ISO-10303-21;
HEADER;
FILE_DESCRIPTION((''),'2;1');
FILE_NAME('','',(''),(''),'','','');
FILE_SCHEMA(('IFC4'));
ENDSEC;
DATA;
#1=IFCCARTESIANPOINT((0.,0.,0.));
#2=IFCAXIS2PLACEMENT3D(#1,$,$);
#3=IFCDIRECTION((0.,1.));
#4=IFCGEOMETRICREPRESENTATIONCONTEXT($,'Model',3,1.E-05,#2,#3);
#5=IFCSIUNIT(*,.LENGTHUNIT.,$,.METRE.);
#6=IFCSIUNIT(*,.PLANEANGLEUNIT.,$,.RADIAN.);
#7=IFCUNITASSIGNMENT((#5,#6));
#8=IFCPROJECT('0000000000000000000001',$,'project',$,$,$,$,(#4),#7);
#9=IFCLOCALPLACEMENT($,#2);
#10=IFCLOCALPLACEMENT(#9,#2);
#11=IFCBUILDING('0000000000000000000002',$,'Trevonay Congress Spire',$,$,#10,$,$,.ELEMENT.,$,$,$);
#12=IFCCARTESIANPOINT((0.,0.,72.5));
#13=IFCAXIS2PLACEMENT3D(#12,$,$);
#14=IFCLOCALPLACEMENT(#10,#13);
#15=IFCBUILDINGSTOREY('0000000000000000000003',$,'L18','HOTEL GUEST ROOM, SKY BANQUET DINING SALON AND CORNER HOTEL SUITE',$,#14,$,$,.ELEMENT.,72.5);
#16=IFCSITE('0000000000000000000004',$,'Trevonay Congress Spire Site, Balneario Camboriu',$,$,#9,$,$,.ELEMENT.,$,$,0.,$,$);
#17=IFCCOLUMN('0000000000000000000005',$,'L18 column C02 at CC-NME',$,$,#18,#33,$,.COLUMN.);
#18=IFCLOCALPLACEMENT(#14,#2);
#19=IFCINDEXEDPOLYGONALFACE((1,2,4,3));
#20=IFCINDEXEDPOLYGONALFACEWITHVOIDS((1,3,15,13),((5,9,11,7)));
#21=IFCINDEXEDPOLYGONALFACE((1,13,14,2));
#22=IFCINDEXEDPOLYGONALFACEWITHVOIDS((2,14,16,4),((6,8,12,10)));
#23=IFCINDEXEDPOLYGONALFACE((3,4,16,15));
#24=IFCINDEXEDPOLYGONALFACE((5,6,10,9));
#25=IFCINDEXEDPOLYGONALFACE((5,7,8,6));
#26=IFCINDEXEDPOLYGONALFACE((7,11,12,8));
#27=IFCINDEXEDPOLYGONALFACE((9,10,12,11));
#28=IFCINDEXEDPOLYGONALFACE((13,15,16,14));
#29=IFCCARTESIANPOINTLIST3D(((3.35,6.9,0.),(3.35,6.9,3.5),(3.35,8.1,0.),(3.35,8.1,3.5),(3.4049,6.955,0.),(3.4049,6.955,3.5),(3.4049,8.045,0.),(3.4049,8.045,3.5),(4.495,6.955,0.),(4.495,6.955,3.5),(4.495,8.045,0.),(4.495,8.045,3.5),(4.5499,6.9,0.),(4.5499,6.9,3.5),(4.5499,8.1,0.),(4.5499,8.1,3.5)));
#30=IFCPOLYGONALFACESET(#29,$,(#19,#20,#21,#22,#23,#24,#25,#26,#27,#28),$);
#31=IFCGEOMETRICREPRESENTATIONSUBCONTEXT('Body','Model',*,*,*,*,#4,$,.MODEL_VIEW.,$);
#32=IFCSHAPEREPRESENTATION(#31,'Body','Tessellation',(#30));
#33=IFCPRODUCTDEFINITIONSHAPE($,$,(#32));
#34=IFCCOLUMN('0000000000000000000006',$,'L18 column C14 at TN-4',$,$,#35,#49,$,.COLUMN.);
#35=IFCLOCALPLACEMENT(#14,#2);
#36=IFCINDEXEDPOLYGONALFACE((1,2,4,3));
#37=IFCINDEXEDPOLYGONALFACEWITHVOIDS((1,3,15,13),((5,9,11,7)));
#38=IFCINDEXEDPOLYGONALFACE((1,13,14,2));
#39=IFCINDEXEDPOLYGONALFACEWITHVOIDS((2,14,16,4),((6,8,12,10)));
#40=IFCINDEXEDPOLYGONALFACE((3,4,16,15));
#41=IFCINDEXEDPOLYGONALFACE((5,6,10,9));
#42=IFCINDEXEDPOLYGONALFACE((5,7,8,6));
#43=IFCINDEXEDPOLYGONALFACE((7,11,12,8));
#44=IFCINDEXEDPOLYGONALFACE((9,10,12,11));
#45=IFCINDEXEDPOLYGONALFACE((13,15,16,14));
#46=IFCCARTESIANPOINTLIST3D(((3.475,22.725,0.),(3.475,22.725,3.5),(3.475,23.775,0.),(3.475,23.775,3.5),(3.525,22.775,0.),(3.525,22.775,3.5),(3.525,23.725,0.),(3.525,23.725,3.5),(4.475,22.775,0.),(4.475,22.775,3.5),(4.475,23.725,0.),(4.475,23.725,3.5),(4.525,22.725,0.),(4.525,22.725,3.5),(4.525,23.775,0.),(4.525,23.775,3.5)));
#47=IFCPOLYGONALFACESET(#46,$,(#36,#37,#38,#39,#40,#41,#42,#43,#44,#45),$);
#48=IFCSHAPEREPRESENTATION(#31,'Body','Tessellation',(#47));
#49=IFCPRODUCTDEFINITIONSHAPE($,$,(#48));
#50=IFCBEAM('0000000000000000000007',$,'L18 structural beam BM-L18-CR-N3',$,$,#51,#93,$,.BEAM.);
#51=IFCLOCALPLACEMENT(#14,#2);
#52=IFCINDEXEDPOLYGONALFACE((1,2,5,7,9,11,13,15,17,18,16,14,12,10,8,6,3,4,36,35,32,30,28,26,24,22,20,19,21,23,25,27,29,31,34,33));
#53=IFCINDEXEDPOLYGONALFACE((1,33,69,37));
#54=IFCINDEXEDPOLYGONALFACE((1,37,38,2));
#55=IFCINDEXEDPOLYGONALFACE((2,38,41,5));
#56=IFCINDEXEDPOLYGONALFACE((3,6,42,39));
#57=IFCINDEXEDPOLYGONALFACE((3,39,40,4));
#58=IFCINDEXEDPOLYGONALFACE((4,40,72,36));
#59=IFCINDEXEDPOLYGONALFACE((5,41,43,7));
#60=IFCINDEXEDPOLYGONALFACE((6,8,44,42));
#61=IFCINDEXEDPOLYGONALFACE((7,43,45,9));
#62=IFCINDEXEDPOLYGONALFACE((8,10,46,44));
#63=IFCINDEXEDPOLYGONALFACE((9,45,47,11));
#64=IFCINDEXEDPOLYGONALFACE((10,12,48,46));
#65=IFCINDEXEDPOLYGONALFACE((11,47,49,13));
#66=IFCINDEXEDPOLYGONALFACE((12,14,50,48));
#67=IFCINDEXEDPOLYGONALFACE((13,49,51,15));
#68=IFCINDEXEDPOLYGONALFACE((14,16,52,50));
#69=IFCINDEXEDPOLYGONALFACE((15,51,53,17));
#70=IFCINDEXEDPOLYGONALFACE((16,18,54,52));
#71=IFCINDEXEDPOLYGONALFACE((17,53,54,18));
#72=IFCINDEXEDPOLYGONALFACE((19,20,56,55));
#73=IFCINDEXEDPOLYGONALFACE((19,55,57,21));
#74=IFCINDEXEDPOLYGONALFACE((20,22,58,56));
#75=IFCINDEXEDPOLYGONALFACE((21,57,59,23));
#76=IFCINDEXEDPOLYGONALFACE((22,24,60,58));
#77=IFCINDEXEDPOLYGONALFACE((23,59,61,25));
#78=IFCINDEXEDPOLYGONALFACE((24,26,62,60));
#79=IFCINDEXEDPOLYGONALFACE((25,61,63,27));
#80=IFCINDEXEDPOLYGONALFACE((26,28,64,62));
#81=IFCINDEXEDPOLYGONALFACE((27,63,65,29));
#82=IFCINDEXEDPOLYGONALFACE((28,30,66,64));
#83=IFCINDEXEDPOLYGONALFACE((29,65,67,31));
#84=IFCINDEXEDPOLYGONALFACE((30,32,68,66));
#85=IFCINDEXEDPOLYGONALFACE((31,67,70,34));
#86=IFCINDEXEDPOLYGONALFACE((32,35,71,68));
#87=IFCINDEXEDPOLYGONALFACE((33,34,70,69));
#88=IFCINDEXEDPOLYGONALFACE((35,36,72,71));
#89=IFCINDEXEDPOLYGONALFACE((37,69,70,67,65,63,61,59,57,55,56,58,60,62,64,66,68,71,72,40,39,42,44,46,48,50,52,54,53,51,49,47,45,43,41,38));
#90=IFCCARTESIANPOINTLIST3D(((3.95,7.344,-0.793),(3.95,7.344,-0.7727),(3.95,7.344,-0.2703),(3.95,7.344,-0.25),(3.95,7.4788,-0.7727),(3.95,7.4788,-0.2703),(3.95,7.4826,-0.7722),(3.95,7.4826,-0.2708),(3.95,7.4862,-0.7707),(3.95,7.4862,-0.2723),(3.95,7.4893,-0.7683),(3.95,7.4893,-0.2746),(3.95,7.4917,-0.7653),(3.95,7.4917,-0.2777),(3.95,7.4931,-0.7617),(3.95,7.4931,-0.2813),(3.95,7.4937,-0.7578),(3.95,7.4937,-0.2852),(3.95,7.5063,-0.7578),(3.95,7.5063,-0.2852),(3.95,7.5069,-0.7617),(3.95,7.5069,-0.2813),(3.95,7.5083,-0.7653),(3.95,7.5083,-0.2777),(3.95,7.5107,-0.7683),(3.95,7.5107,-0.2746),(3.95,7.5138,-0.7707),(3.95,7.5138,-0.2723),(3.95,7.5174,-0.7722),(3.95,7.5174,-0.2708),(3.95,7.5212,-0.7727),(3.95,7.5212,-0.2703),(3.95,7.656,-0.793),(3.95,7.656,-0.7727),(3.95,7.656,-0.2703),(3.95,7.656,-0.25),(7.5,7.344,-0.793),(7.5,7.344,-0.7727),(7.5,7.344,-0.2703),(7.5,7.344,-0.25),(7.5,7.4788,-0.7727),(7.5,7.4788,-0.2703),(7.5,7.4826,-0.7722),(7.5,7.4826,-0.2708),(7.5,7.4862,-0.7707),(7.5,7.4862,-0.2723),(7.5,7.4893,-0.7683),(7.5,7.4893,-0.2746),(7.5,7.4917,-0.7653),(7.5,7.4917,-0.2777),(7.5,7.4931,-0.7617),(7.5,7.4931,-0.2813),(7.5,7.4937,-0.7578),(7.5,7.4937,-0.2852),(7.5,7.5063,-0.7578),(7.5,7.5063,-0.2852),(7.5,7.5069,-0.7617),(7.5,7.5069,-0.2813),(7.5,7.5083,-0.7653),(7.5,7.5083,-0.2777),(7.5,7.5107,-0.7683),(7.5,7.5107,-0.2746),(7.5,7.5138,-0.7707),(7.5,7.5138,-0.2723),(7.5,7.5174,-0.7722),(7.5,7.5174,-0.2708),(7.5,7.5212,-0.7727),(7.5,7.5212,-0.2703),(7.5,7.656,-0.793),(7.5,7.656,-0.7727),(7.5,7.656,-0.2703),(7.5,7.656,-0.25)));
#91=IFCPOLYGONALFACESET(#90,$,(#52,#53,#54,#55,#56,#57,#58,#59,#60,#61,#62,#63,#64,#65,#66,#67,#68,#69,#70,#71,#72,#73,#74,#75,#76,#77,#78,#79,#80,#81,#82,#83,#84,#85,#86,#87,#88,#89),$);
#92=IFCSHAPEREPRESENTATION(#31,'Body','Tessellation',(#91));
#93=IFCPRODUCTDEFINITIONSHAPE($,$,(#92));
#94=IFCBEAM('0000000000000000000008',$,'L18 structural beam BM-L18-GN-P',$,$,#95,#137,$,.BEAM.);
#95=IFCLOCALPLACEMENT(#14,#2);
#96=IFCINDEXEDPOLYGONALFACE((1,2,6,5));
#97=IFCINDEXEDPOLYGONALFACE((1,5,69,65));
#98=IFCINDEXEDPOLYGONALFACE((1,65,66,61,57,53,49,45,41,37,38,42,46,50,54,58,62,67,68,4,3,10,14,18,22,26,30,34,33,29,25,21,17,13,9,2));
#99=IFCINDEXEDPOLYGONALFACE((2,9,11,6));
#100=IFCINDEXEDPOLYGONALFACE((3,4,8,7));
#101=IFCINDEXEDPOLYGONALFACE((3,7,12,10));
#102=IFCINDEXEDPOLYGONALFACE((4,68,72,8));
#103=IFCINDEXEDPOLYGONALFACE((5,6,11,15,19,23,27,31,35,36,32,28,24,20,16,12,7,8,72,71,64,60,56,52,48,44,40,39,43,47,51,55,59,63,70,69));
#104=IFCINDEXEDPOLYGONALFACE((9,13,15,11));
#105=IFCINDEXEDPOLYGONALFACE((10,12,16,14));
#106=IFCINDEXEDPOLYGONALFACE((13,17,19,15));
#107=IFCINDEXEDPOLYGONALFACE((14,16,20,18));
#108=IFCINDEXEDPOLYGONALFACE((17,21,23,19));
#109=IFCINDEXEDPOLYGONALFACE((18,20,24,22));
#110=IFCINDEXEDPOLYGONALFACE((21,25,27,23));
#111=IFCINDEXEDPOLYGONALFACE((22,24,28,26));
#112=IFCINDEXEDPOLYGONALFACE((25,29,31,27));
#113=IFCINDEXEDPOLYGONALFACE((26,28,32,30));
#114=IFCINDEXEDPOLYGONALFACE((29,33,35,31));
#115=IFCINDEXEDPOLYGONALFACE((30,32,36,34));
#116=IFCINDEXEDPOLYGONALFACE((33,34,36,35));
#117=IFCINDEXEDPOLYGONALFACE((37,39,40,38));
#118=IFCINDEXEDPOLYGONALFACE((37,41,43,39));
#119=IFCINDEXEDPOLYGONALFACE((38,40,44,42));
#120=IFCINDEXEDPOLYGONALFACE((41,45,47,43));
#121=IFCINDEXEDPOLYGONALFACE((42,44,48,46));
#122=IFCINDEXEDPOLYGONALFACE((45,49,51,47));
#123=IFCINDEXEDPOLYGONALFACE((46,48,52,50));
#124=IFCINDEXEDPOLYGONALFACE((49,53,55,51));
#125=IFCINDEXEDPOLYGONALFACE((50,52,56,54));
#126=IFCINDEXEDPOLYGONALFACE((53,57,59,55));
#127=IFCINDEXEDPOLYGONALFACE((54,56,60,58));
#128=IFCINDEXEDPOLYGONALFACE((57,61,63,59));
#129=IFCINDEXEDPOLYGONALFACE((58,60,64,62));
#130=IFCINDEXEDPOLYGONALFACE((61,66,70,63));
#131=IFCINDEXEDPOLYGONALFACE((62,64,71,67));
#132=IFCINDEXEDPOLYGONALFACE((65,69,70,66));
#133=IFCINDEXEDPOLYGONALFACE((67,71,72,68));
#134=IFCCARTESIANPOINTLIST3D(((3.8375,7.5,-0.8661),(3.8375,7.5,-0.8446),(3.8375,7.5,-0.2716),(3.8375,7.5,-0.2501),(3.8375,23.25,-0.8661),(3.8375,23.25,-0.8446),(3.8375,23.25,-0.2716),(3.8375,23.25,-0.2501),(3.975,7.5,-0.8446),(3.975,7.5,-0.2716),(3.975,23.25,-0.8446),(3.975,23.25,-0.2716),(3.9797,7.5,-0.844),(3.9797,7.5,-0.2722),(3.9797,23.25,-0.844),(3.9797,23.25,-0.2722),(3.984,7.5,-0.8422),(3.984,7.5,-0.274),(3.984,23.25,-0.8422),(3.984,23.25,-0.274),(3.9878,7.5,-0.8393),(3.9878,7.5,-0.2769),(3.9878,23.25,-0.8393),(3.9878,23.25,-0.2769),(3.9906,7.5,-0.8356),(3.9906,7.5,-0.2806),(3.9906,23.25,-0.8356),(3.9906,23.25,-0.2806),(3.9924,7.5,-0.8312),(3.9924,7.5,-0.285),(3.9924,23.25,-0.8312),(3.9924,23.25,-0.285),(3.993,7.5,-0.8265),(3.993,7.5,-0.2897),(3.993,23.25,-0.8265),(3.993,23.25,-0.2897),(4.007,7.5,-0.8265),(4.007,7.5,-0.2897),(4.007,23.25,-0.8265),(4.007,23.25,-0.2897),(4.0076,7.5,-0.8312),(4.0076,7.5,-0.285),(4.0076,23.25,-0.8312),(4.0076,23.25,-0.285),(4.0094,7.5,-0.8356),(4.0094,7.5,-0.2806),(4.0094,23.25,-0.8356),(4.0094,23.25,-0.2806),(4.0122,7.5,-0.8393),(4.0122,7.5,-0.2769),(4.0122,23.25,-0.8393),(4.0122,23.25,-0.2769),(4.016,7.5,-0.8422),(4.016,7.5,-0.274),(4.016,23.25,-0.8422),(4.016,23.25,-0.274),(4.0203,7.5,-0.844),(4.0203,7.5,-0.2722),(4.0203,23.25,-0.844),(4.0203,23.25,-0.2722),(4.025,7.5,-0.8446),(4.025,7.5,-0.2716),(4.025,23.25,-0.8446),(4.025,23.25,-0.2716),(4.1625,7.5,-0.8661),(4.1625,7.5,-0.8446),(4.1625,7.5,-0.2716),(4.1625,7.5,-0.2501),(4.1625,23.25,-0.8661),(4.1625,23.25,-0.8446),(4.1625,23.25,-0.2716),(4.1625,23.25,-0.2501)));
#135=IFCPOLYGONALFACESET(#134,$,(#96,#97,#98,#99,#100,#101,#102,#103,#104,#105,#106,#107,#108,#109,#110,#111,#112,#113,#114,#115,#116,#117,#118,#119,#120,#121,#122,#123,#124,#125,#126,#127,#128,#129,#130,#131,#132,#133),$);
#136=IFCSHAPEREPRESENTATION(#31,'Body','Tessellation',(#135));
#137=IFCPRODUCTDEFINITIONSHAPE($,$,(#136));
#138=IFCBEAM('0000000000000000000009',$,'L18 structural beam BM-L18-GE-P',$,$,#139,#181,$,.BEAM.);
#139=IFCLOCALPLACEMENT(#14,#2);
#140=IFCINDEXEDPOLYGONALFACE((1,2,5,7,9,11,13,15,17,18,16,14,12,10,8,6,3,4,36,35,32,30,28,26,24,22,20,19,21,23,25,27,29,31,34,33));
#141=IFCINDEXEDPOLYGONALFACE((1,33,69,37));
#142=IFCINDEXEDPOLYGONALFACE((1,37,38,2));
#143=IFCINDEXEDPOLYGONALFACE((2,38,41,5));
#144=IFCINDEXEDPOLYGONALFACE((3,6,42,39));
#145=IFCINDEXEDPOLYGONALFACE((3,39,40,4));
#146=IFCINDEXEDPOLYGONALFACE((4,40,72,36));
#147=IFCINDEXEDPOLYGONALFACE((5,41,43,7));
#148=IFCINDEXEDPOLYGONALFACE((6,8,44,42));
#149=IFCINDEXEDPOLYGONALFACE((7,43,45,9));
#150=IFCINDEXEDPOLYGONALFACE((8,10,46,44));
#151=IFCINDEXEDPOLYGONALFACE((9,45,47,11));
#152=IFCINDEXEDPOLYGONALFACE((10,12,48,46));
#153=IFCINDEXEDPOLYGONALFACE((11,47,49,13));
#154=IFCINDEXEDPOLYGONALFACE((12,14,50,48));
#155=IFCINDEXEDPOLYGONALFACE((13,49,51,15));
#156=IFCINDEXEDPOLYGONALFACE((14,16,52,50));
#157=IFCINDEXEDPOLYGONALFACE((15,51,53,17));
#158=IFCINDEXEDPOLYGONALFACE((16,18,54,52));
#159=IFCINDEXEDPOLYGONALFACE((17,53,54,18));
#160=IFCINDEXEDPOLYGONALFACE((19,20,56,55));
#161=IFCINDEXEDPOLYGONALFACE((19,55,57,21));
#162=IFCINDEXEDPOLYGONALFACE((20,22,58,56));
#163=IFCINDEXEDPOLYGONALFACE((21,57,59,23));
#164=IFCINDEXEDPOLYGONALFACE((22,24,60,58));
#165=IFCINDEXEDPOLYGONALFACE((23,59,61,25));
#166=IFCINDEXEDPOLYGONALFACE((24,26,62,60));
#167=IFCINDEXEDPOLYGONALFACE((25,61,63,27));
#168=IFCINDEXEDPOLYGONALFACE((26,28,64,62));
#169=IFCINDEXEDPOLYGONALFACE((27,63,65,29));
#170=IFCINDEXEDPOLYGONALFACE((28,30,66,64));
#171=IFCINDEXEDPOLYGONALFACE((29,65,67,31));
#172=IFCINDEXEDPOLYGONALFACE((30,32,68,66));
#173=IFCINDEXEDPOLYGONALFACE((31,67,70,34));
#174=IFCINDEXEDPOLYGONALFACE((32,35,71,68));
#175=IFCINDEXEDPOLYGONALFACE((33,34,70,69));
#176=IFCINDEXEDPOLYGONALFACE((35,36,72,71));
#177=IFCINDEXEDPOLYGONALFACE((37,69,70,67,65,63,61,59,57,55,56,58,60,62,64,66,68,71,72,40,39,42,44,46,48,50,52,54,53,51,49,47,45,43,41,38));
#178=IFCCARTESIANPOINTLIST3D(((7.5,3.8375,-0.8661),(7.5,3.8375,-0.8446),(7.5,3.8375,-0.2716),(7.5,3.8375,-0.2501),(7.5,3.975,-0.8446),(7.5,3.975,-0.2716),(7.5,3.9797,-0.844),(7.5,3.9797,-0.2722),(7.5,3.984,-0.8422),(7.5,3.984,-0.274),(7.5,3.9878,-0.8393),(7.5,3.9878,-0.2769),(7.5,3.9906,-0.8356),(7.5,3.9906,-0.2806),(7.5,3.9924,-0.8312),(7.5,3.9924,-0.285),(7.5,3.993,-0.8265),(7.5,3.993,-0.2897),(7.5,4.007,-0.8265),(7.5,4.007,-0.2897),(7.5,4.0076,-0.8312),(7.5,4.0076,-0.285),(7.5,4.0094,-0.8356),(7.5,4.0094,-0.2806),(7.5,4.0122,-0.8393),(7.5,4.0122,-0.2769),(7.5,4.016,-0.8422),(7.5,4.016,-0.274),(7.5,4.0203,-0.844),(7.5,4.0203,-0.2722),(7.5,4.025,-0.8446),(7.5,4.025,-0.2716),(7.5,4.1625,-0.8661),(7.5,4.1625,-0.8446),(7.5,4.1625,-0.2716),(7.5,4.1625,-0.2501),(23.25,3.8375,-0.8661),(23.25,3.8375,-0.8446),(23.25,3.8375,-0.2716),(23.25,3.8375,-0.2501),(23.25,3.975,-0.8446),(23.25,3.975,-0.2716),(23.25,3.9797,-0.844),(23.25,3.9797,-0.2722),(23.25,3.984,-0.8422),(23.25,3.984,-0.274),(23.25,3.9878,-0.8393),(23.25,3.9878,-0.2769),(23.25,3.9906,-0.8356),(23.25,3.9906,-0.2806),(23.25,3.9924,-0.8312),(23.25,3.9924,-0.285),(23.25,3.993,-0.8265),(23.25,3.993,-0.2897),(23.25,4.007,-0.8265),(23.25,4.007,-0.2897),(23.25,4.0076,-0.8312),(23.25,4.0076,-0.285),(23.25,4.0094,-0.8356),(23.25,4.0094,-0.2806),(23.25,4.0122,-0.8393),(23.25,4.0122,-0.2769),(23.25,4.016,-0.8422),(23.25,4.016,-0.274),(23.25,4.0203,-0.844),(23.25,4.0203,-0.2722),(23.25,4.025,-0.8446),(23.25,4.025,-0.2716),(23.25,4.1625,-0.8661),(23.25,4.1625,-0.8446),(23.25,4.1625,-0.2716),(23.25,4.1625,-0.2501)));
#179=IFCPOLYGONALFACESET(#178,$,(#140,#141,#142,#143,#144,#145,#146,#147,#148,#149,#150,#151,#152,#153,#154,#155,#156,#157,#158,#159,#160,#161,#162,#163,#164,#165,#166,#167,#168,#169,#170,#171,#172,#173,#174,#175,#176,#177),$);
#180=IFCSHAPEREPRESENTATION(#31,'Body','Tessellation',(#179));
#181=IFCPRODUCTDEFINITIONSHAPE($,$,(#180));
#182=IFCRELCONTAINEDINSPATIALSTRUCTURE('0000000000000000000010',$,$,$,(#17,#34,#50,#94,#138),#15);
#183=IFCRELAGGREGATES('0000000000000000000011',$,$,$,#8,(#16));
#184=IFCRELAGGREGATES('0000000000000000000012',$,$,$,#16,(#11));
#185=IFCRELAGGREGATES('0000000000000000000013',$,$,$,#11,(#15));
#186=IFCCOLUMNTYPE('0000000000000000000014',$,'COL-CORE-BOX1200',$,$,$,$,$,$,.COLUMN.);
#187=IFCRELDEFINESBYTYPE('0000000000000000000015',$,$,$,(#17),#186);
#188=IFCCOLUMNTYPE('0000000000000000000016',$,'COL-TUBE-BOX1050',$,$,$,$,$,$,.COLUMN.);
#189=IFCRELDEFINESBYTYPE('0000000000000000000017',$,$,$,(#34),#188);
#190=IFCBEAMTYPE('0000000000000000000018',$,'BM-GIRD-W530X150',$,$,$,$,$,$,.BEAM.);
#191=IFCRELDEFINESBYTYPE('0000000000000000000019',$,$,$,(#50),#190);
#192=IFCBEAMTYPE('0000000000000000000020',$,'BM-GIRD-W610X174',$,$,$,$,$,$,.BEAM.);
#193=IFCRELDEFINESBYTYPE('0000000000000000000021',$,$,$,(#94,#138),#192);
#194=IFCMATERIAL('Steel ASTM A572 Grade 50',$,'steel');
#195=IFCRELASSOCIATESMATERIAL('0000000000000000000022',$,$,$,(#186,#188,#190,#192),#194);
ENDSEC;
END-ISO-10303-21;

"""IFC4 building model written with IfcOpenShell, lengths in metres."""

from ifc_helpers import new_model, si_unit, direction, frame, origin, origin_2d, place, context, subcontext, project, spatial, hollow_rectangle, i_section, extrude, material, material_profile, profile_set, type_object, element, save


model = new_model("IFC4")

# Units and contexts
model_context = context("Model", 3, precision=1e-05, world=origin(), true_north=direction((0.0, 1.0)))
body_context = subcontext(model_context, "Body", "Model", "MODEL_VIEW")
ifc_project = project(units=[si_unit("LENGTHUNIT", "METRE"), si_unit("PLANEANGLEUNIT", "RADIAN")], contexts=[model_context])

# Site, building, storey
site_placement = place(None, origin())
site = spatial("IfcSite", under=ifc_project, at=site_placement, Name="Trevonay Congress Spire Site, Balneario Camboriu", CompositionType="ELEMENT", RefElevation=0.0)
building_placement = place(site_placement, origin())
building = spatial("IfcBuilding", under=site, at=building_placement, Name="Trevonay Congress Spire", CompositionType="ELEMENT")
storey_placement = place(building_placement, frame((0.0, 0.0, 72.5)))
storey = spatial("IfcBuildingStorey", under=building, at=storey_placement, Name="L18", Description="HOTEL GUEST ROOM, SKY BANQUET DINING SALON AND CORNER HOTEL SUITE", CompositionType="ELEMENT", Elevation=72.5)

# Columns
ifc_material_1 = material(Name="Steel ASTM A572 Grade 50", Category="steel")
ifc_material_profile_1 = material_profile(ifc_material_1, hollow_rectangle(XDim=1.2, YDim=1.2, WallThickness=0.0549, at=origin_2d()), Name="BOX 1200x1200x55")
ifc_profile_set_1 = profile_set([ifc_material_profile_1], Name="Steel ASTM A572 Grade 50")
column_type_1 = type_object("IfcColumnType", Name="COL-CORE-BOX1200", PredefinedType="COLUMN", material=ifc_profile_set_1)
column_1_placement = place(storey_placement, frame((3.95, 7.5, 0.0), z_axis=(0.0, 0.0, 1.0), x_axis=(1.0, 0.0, 0.0)))
element("IfcColumn", 1, at=column_1_placement, inside=storey, type_object=column_type_1, Name="L18 column C02 at CC-NME", PredefinedType="COLUMN", context=body_context, shape_type="SweptSolid", body=[
    extrude(hollow_rectangle(XDim=1.2, YDim=1.2, WallThickness=0.0549, at=origin_2d()), origin(), (0.0, 0.0, 1.0), 3.5),
])
ifc_material_profile_2 = material_profile(ifc_material_1, hollow_rectangle(XDim=1.05, YDim=1.05, WallThickness=0.05, at=origin_2d()), Name="BOX 1050x1050x50")
ifc_profile_set_2 = profile_set([ifc_material_profile_2], Name="Steel ASTM A572 Grade 50")
column_type_2 = type_object("IfcColumnType", Name="COL-TUBE-BOX1050", PredefinedType="COLUMN", material=ifc_profile_set_2)
column_2_placement = place(storey_placement, frame((4.0, 23.25, 0.0), z_axis=(0.0, 0.0, 1.0), x_axis=(1.0, 0.0, 0.0)))
element("IfcColumn", 2, at=column_2_placement, inside=storey, type_object=column_type_2, Name="L18 column C14 at TN-4", PredefinedType="COLUMN", context=body_context, shape_type="SweptSolid", body=[
    extrude(hollow_rectangle(XDim=1.05, YDim=1.05, WallThickness=0.05, at=origin_2d()), origin(), (0.0, 0.0, 1.0), 3.5),
])

# Beams
ifc_material_profile_3 = material_profile(ifc_material_1, i_section(OverallWidth=0.312, OverallDepth=0.543, WebThickness=0.0127, FlangeThickness=0.0203, FilletRadius=0.0149, at=origin_2d()), Name="W530x150")
ifc_profile_set_3 = profile_set([ifc_material_profile_3], Name="Steel ASTM A572 Grade 50")
beam_type_1 = type_object("IfcBeamType", Name="BM-GIRD-W530X150", PredefinedType="BEAM", material=ifc_profile_set_3)
beam_1_placement = place(storey_placement, frame((3.95, 7.5, -0.5215), z_axis=(1.0, 0.0, 0.0), x_axis=(0.0, 1.0, 0.0)))
element("IfcBeam", 3, at=beam_1_placement, inside=storey, type_object=beam_type_1, Name="L18 structural beam BM-L18-CR-N3", PredefinedType="BEAM", context=body_context, shape_type="SweptSolid", body=[
    extrude(i_section(OverallWidth=0.312, OverallDepth=0.543, WebThickness=0.0127, FlangeThickness=0.0203, FilletRadius=0.0149, at=origin_2d()), origin(), (0.0, 0.0, 1.0), 3.55),
])
ifc_material_profile_4 = material_profile(ifc_material_1, i_section(OverallWidth=0.325, OverallDepth=0.616, WebThickness=0.0139, FlangeThickness=0.0215, FilletRadius=0.0181, at=origin_2d()), Name="W610x174")
ifc_profile_set_4 = profile_set([ifc_material_profile_4], Name="Steel ASTM A572 Grade 50")
beam_type_2 = type_object("IfcBeamType", Name="BM-GIRD-W610X174", PredefinedType="BEAM", material=ifc_profile_set_4)
for number, where, z_axis, x_axis, name in (
    (4, (4.0, 7.5, -0.5581), (0.0, 1.0, 0.0), (-1.0, 0.0, 0.0), "L18 structural beam BM-L18-GN-P"),
    (5, (7.5, 4.0, -0.5581), (1.0, 0.0, 0.0), (0.0, 1.0, 0.0), "L18 structural beam BM-L18-GE-P"),
):
    element("IfcBeam", number, at=place(storey_placement, frame(where, z_axis=z_axis, x_axis=x_axis)), inside=storey, type_object=beam_type_2, Name=name, PredefinedType="BEAM", context=body_context, shape_type="SweptSolid", body=[
        extrude(i_section(OverallWidth=0.325, OverallDepth=0.616, WebThickness=0.0139, FlangeThickness=0.0215, FilletRadius=0.0181, at=origin_2d()), origin(), (0.0, 0.0, 1.0), 15.75),
    ])

save(model, "model.ifc")
